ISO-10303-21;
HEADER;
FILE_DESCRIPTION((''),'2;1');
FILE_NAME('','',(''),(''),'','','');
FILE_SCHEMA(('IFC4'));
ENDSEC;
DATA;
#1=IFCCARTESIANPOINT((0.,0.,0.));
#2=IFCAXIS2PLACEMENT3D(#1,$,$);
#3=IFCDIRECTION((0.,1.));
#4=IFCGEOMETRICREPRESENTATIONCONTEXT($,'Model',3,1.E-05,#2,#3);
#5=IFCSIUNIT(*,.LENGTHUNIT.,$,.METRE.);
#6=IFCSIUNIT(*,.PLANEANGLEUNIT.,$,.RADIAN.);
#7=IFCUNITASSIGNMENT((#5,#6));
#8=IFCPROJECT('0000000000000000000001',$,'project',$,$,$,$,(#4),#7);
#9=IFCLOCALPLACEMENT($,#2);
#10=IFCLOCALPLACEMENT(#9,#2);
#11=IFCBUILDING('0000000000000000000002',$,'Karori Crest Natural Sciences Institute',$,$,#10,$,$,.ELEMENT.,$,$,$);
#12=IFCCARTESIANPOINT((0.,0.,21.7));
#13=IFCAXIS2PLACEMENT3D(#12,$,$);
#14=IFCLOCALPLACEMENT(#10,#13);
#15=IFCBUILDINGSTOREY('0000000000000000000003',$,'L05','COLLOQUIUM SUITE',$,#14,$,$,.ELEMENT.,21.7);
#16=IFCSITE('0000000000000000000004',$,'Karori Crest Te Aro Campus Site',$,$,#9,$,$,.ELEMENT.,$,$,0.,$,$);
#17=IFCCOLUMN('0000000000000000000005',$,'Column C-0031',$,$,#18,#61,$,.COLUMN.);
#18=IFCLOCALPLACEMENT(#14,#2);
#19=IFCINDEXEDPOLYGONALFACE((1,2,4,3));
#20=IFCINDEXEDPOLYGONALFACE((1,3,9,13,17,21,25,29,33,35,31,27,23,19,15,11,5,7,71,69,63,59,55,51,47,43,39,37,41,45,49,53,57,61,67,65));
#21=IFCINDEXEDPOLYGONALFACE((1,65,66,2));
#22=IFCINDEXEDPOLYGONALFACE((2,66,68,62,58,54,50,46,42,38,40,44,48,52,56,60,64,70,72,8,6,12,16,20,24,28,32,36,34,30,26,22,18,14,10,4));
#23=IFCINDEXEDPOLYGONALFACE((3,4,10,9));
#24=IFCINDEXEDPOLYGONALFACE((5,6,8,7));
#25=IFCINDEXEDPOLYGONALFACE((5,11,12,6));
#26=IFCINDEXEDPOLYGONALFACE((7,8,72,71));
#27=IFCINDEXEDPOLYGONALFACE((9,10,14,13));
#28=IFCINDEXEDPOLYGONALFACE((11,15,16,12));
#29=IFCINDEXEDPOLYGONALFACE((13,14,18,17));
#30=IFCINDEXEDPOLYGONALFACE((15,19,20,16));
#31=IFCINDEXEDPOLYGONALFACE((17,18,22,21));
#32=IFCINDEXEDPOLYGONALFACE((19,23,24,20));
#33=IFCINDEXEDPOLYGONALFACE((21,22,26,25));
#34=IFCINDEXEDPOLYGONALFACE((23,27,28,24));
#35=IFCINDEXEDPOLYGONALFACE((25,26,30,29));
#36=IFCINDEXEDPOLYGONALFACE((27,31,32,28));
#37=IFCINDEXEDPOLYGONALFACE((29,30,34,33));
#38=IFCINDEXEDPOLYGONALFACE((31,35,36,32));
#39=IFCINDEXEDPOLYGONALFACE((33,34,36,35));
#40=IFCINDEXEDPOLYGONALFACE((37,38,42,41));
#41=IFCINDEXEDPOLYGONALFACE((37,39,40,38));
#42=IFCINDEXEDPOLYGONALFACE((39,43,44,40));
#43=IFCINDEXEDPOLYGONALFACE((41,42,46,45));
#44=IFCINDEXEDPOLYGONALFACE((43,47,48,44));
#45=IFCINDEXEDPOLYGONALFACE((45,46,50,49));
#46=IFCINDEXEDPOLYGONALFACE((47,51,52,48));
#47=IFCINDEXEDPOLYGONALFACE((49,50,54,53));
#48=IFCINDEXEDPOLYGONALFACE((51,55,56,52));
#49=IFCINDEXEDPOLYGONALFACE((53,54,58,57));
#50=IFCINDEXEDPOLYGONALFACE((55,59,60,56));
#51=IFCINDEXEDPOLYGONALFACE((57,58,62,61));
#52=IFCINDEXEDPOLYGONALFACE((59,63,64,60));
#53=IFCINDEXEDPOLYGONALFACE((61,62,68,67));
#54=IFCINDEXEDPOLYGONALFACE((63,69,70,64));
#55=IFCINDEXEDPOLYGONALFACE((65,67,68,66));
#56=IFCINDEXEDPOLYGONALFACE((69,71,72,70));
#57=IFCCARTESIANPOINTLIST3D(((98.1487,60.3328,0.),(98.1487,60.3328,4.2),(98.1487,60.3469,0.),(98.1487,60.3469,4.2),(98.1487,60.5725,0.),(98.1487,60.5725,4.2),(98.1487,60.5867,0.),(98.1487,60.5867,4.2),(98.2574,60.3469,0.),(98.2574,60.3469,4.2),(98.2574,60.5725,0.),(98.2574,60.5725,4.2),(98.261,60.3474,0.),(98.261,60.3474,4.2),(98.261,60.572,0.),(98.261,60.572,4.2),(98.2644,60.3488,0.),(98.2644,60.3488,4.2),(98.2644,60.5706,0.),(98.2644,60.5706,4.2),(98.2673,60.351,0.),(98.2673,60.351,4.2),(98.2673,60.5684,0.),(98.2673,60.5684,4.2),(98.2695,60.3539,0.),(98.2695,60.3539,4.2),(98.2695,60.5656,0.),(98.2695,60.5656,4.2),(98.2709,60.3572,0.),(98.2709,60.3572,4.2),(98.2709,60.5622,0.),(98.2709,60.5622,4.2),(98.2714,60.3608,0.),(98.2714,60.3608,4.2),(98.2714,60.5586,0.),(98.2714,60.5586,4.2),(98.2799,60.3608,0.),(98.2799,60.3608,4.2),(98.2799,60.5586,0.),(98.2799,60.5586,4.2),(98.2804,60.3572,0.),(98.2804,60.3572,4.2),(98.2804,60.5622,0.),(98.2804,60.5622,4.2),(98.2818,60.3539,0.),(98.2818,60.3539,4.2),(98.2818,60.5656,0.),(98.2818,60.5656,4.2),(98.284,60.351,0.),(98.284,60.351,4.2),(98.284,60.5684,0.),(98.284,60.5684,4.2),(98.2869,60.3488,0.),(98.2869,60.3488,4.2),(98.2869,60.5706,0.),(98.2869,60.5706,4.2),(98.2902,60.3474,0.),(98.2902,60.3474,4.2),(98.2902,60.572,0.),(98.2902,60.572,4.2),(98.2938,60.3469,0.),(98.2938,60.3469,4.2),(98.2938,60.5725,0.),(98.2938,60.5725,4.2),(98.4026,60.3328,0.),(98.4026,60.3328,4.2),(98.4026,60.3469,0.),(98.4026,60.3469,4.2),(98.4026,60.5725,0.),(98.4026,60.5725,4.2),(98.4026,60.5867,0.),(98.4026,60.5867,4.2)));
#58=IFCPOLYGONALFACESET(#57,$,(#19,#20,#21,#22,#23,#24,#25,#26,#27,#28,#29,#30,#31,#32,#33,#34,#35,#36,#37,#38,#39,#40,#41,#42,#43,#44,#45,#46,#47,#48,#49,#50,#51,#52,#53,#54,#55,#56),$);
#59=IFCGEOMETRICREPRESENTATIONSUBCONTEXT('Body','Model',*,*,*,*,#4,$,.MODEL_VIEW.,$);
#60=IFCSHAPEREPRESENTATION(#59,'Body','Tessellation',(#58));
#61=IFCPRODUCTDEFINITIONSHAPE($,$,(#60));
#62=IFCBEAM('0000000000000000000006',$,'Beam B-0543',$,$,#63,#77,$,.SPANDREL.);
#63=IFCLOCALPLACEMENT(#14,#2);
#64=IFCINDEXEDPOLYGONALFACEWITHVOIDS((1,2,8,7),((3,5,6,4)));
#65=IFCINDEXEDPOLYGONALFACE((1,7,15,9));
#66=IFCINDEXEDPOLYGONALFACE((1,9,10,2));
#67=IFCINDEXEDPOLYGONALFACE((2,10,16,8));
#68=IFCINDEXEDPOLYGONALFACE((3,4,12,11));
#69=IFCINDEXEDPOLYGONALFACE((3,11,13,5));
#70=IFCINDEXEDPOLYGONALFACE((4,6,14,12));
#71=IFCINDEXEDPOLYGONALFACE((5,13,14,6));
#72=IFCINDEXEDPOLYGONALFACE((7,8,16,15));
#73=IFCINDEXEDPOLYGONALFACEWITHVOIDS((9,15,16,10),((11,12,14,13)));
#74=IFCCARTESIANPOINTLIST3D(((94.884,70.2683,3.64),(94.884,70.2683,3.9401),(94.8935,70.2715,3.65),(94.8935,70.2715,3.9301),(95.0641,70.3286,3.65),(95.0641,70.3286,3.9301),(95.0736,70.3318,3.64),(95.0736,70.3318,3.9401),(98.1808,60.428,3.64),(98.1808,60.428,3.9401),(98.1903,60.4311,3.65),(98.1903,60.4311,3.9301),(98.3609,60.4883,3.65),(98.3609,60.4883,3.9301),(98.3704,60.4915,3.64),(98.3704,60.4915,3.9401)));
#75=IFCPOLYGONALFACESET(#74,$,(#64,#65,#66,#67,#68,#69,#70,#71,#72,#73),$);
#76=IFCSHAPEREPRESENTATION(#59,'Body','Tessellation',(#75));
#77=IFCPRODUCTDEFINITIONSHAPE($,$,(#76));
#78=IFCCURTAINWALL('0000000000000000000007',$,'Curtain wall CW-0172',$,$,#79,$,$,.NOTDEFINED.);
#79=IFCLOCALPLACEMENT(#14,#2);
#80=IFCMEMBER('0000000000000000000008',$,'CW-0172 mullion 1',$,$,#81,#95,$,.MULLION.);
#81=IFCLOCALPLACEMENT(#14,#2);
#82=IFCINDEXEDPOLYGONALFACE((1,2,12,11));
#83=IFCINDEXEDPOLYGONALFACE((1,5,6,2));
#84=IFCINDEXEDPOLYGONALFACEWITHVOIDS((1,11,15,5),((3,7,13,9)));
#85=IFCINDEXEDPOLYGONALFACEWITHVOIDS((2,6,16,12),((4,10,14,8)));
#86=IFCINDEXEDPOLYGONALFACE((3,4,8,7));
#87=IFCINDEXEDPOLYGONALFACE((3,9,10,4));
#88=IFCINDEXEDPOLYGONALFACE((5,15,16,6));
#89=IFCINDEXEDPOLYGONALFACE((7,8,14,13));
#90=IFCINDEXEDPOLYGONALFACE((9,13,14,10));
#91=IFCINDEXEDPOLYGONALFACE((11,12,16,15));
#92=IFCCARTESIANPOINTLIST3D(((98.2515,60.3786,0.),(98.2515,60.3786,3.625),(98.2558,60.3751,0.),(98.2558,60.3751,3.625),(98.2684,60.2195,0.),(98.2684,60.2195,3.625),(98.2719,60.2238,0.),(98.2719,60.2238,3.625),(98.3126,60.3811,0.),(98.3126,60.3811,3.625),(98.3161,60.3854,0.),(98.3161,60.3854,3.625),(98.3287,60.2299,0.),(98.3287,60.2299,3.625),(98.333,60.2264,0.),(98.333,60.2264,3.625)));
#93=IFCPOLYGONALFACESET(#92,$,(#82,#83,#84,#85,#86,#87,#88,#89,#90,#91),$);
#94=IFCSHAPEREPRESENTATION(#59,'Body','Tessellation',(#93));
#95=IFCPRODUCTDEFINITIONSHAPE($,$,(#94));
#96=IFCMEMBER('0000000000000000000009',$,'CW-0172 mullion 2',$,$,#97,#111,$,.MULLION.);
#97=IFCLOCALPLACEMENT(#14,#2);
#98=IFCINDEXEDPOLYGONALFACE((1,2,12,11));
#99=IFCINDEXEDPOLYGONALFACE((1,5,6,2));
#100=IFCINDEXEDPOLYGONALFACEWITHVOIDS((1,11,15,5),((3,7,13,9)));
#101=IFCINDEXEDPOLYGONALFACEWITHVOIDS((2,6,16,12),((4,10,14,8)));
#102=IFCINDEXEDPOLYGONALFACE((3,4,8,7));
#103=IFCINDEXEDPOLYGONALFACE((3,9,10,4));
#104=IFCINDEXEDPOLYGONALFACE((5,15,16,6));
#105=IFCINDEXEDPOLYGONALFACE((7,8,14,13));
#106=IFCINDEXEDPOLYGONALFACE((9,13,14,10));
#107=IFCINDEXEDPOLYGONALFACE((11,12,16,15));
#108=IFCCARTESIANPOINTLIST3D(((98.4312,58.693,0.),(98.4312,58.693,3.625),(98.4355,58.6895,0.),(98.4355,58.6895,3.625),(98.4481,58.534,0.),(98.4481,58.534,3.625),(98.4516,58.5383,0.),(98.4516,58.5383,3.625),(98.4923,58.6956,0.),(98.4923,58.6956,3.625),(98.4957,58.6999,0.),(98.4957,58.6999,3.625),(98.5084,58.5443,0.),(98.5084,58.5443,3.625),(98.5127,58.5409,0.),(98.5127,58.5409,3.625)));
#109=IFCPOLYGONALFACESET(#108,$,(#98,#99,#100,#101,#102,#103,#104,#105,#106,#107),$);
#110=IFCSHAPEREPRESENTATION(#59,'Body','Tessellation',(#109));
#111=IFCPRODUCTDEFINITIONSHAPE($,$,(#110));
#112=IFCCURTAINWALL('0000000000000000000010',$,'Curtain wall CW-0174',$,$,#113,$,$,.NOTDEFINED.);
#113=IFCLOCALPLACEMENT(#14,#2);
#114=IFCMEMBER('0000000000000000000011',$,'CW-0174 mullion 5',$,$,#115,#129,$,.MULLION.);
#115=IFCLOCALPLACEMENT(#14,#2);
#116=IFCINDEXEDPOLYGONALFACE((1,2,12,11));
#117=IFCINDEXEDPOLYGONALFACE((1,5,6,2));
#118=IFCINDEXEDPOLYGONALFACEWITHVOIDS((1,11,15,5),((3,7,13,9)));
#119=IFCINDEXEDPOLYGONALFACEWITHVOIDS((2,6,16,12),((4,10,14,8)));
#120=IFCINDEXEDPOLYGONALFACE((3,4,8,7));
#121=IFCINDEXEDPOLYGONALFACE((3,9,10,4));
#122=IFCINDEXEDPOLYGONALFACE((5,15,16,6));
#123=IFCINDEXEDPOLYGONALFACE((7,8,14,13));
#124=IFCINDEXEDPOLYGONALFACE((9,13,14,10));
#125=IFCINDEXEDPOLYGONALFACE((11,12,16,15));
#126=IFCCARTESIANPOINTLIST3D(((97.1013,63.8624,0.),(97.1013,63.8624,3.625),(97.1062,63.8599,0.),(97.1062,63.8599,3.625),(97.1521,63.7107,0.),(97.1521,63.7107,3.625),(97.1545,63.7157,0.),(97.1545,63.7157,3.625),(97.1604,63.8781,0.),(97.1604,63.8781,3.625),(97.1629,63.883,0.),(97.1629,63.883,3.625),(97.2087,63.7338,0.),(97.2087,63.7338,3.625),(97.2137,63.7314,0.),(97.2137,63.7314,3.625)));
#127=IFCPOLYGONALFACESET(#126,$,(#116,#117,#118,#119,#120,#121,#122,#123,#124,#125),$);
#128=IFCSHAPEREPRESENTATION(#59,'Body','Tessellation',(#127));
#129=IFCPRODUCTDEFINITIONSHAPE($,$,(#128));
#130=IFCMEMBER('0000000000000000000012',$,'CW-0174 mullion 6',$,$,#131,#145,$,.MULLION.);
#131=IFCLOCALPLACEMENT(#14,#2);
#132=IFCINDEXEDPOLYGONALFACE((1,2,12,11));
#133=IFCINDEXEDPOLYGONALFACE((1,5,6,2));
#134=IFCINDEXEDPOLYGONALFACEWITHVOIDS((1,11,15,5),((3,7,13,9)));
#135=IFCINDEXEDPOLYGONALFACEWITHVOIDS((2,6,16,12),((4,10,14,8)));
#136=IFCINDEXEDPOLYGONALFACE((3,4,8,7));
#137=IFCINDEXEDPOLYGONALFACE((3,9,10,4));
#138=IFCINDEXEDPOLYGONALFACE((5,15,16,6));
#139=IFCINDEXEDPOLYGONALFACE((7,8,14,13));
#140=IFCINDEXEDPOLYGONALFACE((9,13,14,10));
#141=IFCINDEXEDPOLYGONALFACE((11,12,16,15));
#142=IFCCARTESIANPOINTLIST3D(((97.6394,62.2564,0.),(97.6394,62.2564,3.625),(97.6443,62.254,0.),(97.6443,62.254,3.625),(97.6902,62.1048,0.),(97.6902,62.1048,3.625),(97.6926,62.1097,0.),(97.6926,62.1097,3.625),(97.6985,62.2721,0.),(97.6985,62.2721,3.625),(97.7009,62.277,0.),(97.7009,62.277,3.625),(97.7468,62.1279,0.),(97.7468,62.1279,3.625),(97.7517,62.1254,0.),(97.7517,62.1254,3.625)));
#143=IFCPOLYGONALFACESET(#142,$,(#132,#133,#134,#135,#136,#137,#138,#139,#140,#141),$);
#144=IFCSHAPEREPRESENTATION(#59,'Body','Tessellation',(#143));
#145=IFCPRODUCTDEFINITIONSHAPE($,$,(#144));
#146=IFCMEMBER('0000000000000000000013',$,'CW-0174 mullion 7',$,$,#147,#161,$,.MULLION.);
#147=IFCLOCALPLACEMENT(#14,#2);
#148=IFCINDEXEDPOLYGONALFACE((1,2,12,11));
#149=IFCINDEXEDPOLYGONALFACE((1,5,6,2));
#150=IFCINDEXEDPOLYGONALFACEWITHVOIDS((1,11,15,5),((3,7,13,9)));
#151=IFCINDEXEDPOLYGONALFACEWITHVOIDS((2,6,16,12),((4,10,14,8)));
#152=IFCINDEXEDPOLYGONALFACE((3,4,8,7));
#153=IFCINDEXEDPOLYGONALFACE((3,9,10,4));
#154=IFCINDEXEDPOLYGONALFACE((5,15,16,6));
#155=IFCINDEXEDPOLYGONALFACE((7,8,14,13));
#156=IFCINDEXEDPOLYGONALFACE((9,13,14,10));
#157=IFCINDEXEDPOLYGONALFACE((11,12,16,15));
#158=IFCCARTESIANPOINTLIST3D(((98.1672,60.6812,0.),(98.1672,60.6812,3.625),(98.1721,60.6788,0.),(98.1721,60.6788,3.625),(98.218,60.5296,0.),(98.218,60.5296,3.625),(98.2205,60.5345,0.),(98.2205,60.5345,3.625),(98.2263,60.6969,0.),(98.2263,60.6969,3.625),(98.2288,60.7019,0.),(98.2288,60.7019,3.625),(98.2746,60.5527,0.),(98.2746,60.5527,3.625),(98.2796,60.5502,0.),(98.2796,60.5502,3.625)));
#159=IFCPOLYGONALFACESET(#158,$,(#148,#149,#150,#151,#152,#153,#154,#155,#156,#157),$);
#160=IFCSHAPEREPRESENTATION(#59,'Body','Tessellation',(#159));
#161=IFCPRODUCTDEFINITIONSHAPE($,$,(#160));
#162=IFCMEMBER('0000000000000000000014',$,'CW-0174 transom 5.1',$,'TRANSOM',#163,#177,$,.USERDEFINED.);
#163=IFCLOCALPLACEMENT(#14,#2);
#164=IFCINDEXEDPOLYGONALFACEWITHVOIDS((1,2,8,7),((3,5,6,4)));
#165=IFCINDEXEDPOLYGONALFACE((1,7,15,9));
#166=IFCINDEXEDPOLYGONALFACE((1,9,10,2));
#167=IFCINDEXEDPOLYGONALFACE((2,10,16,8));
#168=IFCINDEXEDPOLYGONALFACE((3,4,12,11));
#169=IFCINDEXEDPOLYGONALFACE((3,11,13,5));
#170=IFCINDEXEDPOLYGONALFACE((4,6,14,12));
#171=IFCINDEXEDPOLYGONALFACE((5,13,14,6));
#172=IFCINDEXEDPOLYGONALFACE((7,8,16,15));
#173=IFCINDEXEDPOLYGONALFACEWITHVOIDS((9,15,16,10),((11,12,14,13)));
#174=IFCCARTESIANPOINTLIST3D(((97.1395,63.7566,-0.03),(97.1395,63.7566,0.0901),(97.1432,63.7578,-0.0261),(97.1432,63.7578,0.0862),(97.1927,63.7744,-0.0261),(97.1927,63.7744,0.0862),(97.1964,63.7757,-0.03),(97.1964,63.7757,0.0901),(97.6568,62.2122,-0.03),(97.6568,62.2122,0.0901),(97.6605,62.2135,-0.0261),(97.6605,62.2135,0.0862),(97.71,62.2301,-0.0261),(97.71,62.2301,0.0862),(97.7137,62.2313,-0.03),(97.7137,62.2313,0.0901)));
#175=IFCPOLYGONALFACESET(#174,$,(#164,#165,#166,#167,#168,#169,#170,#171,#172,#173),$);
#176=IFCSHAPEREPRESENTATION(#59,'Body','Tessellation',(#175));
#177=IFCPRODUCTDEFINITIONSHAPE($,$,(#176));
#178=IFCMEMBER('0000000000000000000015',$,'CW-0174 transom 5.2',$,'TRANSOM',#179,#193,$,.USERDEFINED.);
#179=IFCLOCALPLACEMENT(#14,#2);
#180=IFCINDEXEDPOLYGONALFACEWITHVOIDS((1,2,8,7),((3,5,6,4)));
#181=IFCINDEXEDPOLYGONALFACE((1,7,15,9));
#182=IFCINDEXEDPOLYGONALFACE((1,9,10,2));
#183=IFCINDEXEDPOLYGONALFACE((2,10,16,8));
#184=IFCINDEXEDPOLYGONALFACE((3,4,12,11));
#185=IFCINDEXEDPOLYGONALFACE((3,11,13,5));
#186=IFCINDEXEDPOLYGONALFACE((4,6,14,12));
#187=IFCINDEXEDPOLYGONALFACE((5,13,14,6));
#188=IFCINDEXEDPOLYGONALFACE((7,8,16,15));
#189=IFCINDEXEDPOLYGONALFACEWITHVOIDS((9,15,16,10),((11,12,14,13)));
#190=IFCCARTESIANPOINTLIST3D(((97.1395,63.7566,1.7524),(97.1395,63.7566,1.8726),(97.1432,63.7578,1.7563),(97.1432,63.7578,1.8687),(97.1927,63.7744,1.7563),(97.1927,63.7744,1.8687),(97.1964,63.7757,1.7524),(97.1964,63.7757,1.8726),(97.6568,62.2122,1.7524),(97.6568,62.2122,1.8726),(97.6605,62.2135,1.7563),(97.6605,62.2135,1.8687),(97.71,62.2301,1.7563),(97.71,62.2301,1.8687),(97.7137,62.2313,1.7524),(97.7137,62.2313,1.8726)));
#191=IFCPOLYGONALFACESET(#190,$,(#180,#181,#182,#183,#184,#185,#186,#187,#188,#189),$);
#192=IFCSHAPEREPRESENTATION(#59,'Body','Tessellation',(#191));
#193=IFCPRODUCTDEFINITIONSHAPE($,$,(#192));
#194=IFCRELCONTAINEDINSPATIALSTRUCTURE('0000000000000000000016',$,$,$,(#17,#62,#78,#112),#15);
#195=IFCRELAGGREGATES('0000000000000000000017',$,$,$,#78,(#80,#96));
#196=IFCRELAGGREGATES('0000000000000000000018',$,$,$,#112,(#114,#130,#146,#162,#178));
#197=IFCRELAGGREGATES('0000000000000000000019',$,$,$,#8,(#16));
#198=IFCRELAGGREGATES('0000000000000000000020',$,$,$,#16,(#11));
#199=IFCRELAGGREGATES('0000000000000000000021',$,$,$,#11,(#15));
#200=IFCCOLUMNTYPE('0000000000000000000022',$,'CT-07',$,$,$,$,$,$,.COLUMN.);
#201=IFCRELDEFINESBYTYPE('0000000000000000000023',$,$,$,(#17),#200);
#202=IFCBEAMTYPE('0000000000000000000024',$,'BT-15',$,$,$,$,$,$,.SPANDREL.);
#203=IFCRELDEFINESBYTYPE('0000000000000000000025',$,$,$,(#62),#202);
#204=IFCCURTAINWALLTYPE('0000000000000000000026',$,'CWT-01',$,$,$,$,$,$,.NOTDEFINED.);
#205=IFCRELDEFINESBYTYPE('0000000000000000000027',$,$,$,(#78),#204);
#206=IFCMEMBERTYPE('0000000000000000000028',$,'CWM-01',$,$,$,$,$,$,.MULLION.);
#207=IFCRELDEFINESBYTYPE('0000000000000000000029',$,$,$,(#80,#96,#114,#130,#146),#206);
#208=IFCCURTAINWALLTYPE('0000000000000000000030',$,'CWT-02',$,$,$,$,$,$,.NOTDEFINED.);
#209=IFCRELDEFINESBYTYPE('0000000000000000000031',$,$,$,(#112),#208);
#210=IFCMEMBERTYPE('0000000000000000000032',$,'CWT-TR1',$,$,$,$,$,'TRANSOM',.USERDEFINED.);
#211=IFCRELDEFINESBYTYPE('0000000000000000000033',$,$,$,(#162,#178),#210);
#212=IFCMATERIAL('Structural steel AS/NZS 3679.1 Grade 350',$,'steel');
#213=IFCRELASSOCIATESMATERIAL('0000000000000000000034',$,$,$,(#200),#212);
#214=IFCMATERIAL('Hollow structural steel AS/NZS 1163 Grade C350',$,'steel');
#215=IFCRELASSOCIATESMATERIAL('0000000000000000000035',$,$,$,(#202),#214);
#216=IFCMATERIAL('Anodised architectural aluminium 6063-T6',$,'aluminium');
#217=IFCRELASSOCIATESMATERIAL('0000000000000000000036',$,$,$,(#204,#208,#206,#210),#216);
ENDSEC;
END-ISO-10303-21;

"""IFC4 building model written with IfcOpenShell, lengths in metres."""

from ifc_helpers import new_model, si_unit, direction, frame, origin, origin_2d, place, context, subcontext, project, spatial, hollow_rectangle, i_section, extrude, material, material_profile, profile_set, type_object, element, aggregate, save


model = new_model("IFC4")

# Units and contexts
model_context = context("Model", 3, precision=1e-05, world=origin(), true_north=direction((0.0, 1.0)))
body_context = subcontext(model_context, "Body", "Model", "MODEL_VIEW")
ifc_project = project(units=[si_unit("LENGTHUNIT", "METRE"), si_unit("PLANEANGLEUNIT", "RADIAN")], contexts=[model_context])

# Site, building, storey
site_placement = place(None, origin())
site = spatial("IfcSite", under=ifc_project, at=site_placement, Name="Karori Crest Te Aro Campus Site", CompositionType="ELEMENT", RefElevation=0.0)
building_placement = place(site_placement, origin())
building = spatial("IfcBuilding", under=site, at=building_placement, Name="Karori Crest Natural Sciences Institute", CompositionType="ELEMENT")
storey_placement = place(building_placement, frame((0.0, 0.0, 21.7)))
storey = spatial("IfcBuildingStorey", under=building, at=storey_placement, Name="L05", Description="COLLOQUIUM SUITE", CompositionType="ELEMENT", Elevation=21.7)

# Column
ifc_material_1 = material(Name="Structural steel AS/NZS 3679.1 Grade 350", Category="steel")
ifc_material_profile_1 = material_profile(ifc_material_1, i_section(OverallWidth=0.2539, OverallDepth=0.2539, WebThickness=0.0085, FlangeThickness=0.0142, FilletRadius=0.0139, at=origin_2d()), Name="250UC72.9")
ifc_profile_set_1 = profile_set([ifc_material_profile_1], Name="Structural steel AS/NZS 3679.1 Grade 350")
column_type = type_object("IfcColumnType", Name="CT-07", PredefinedType="COLUMN", material=ifc_profile_set_1)
column_placement = place(storey_placement, frame((98.2756, 60.4597, 0.0), z_axis=(0.0, 0.0, 1.0), x_axis=(1.0, 0.0, 0.0)))
element("IfcColumn", 1, at=column_placement, inside=storey, type_object=column_type, Name="Column C-0031", PredefinedType="COLUMN", context=body_context, shape_type="SweptSolid", body=[
    extrude(i_section(OverallWidth=0.2539, OverallDepth=0.2539, WebThickness=0.0085, FlangeThickness=0.0142, FilletRadius=0.0139, at=origin_2d()), origin(), (0.0, 0.0, 1.0), 4.2),
])

# Beam
ifc_material_2 = material(Name="Hollow structural steel AS/NZS 1163 Grade C350", Category="steel")
ifc_material_profile_2 = material_profile(ifc_material_2, hollow_rectangle(XDim=0.2, YDim=0.3, WallThickness=0.01, at=origin_2d()), Name="RHS300x200x10")
ifc_profile_set_2 = profile_set([ifc_material_profile_2], Name="Hollow structural steel AS/NZS 1163 Grade C350")
beam_type = type_object("IfcBeamType", Name="BT-15", PredefinedType="SPANDREL", material=ifc_profile_set_2)
beam_placement = place(storey_placement, frame((98.2756, 60.4597, 3.79), z_axis=(-0.317681, 0.948198, 0.0), x_axis=(-0.948198, -0.317681, 0.0)))
element("IfcBeam", 2, at=beam_placement, inside=storey, type_object=beam_type, Name="Beam B-0543", PredefinedType="SPANDREL", context=body_context, shape_type="SweptSolid", body=[
    extrude(hollow_rectangle(XDim=0.2, YDim=0.3, WallThickness=0.01, at=origin_2d()), origin(), (0.0, 0.0, 1.0), 10.3779),
])

# Curtain walls, members
ifc_material_3 = material(Name="Anodised architectural aluminium 6063-T6", Category="aluminium")
curtain_wall_type_1 = type_object("IfcCurtainWallType", Name="CWT-01", PredefinedType="NOTDEFINED", material=ifc_material_3)
curtain_wall_1_placement = place(storey_placement, origin())
curtain_wall_1 = element("IfcCurtainWall", 3, at=curtain_wall_1_placement, inside=storey, type_object=curtain_wall_type_1, Name="Curtain wall CW-0172", PredefinedType="NOTDEFINED")
ifc_material_profile_3 = material_profile(ifc_material_3, hollow_rectangle(XDim=0.0649, YDim=0.1599, WallThickness=0.0039, at=origin_2d()), Name="CWM160x65x4")
ifc_profile_set_3 = profile_set([ifc_material_profile_3], Name="Anodised architectural aluminium 6063-T6")
member_type_1 = type_object("IfcMemberType", Name="CWM-01", PredefinedType="MULLION", material=ifc_profile_set_3)
member_1_placement = place(storey_placement, frame((98.2922, 60.3025, 0.0), z_axis=(0.0, 0.0, 1.0), x_axis=(0.994378, 0.105884, 0.0)))
member_1 = element("IfcMember", 4, at=member_1_placement, type_object=member_type_1, Name="CW-0172 mullion 1", PredefinedType="MULLION", context=body_context, shape_type="SweptSolid", body=[
    extrude(hollow_rectangle(XDim=0.0649, YDim=0.1599, WallThickness=0.0039, at=origin_2d()), origin(), (0.0, 0.0, 1.0), 3.625),
])
member_2_placement = place(storey_placement, frame((98.4719, 58.6169, 0.0), z_axis=(0.0, 0.0, 1.0), x_axis=(0.994378, 0.105884, 0.0)))
member_2 = element("IfcMember", 5, at=member_2_placement, type_object=member_type_1, Name="CW-0172 mullion 2", PredefinedType="MULLION", context=body_context, shape_type="SweptSolid", body=[
    extrude(hollow_rectangle(XDim=0.0649, YDim=0.1599, WallThickness=0.0039, at=origin_2d()), origin(), (0.0, 0.0, 1.0), 3.625),
])
curtain_wall_type_2 = type_object("IfcCurtainWallType", Name="CWT-02", PredefinedType="NOTDEFINED", material=ifc_material_3)
curtain_wall_2_placement = place(storey_placement, origin())
curtain_wall_2 = element("IfcCurtainWall", 6, at=curtain_wall_2_placement, inside=storey, type_object=curtain_wall_type_2, Name="Curtain wall CW-0174", PredefinedType="NOTDEFINED")
member_3_placement = place(storey_placement, frame((97.1575, 63.7969, 0.0), z_axis=(0.0, 0.0, 1.0), x_axis=(0.948198, 0.31768, 0.0)))
member_3 = element("IfcMember", 7, at=member_3_placement, type_object=member_type_1, Name="CW-0174 mullion 5", PredefinedType="MULLION", context=body_context, shape_type="SweptSolid", body=[
    extrude(hollow_rectangle(XDim=0.0649, YDim=0.1599, WallThickness=0.0039, at=origin_2d()), origin(), (0.0, 0.0, 1.0), 3.625),
])
member_4_placement = place(storey_placement, frame((97.6956, 62.1909, 0.0), z_axis=(0.0, 0.0, 1.0), x_axis=(0.948198, 0.31768, 0.0)))
member_4 = element("IfcMember", 8, at=member_4_placement, type_object=member_type_1, Name="CW-0174 mullion 6", PredefinedType="MULLION", context=body_context, shape_type="SweptSolid", body=[
    extrude(hollow_rectangle(XDim=0.0649, YDim=0.1599, WallThickness=0.0039, at=origin_2d()), origin(), (0.0, 0.0, 1.0), 3.625),
])
member_5_placement = place(storey_placement, frame((98.2234, 60.6157, 0.0), z_axis=(0.0, 0.0, 1.0), x_axis=(0.948198, 0.31768, 0.0)))
member_5 = element("IfcMember", 9, at=member_5_placement, type_object=member_type_1, Name="CW-0174 mullion 7", PredefinedType="MULLION", context=body_context, shape_type="SweptSolid", body=[
    extrude(hollow_rectangle(XDim=0.0649, YDim=0.1599, WallThickness=0.0039, at=origin_2d()), origin(), (0.0, 0.0, 1.0), 3.625),
])
ifc_material_profile_4 = material_profile(ifc_material_3, hollow_rectangle(XDim=0.0601, YDim=0.1201, WallThickness=0.0039, at=origin_2d()), Name="CWT120x60x4")
ifc_profile_set_4 = profile_set([ifc_material_profile_4], Name="Anodised architectural aluminium 6063-T6")
member_type_2 = type_object("IfcMemberType", Name="CWT-TR1", ElementType="TRANSOM", PredefinedType="USERDEFINED", material=ifc_profile_set_4)
member_6_placement = place(storey_placement, frame((97.168, 63.7661, 0.03), z_axis=(0.317621, -0.948218, 0.0), x_axis=(0.948218, 0.317621, 0.0)))
member_6 = element("IfcMember", 10, at=member_6_placement, type_object=member_type_2, Name="CW-0174 transom 5.1", ObjectType="TRANSOM", PredefinedType="USERDEFINED", context=body_context, shape_type="SweptSolid", body=[
    extrude(hollow_rectangle(XDim=0.0601, YDim=0.1201, WallThickness=0.0039, at=origin_2d()), origin(), (0.0, 0.0, 1.0), 1.6287),
])
member_7_placement = place(storey_placement, frame((97.168, 63.7661, 1.8125), z_axis=(0.317621, -0.948218, 0.0), x_axis=(0.948218, 0.317621, 0.0)))
member_7 = element("IfcMember", 11, at=member_7_placement, type_object=member_type_2, Name="CW-0174 transom 5.2", ObjectType="TRANSOM", PredefinedType="USERDEFINED", context=body_context, shape_type="SweptSolid", body=[
    extrude(hollow_rectangle(XDim=0.0601, YDim=0.1201, WallThickness=0.0039, at=origin_2d()), origin(), (0.0, 0.0, 1.0), 1.6287),
])

aggregate(curtain_wall_1, [member_1, member_2])
aggregate(curtain_wall_2, [member_3, member_4, member_5, member_6, member_7])

save(model, "model.ifc")
